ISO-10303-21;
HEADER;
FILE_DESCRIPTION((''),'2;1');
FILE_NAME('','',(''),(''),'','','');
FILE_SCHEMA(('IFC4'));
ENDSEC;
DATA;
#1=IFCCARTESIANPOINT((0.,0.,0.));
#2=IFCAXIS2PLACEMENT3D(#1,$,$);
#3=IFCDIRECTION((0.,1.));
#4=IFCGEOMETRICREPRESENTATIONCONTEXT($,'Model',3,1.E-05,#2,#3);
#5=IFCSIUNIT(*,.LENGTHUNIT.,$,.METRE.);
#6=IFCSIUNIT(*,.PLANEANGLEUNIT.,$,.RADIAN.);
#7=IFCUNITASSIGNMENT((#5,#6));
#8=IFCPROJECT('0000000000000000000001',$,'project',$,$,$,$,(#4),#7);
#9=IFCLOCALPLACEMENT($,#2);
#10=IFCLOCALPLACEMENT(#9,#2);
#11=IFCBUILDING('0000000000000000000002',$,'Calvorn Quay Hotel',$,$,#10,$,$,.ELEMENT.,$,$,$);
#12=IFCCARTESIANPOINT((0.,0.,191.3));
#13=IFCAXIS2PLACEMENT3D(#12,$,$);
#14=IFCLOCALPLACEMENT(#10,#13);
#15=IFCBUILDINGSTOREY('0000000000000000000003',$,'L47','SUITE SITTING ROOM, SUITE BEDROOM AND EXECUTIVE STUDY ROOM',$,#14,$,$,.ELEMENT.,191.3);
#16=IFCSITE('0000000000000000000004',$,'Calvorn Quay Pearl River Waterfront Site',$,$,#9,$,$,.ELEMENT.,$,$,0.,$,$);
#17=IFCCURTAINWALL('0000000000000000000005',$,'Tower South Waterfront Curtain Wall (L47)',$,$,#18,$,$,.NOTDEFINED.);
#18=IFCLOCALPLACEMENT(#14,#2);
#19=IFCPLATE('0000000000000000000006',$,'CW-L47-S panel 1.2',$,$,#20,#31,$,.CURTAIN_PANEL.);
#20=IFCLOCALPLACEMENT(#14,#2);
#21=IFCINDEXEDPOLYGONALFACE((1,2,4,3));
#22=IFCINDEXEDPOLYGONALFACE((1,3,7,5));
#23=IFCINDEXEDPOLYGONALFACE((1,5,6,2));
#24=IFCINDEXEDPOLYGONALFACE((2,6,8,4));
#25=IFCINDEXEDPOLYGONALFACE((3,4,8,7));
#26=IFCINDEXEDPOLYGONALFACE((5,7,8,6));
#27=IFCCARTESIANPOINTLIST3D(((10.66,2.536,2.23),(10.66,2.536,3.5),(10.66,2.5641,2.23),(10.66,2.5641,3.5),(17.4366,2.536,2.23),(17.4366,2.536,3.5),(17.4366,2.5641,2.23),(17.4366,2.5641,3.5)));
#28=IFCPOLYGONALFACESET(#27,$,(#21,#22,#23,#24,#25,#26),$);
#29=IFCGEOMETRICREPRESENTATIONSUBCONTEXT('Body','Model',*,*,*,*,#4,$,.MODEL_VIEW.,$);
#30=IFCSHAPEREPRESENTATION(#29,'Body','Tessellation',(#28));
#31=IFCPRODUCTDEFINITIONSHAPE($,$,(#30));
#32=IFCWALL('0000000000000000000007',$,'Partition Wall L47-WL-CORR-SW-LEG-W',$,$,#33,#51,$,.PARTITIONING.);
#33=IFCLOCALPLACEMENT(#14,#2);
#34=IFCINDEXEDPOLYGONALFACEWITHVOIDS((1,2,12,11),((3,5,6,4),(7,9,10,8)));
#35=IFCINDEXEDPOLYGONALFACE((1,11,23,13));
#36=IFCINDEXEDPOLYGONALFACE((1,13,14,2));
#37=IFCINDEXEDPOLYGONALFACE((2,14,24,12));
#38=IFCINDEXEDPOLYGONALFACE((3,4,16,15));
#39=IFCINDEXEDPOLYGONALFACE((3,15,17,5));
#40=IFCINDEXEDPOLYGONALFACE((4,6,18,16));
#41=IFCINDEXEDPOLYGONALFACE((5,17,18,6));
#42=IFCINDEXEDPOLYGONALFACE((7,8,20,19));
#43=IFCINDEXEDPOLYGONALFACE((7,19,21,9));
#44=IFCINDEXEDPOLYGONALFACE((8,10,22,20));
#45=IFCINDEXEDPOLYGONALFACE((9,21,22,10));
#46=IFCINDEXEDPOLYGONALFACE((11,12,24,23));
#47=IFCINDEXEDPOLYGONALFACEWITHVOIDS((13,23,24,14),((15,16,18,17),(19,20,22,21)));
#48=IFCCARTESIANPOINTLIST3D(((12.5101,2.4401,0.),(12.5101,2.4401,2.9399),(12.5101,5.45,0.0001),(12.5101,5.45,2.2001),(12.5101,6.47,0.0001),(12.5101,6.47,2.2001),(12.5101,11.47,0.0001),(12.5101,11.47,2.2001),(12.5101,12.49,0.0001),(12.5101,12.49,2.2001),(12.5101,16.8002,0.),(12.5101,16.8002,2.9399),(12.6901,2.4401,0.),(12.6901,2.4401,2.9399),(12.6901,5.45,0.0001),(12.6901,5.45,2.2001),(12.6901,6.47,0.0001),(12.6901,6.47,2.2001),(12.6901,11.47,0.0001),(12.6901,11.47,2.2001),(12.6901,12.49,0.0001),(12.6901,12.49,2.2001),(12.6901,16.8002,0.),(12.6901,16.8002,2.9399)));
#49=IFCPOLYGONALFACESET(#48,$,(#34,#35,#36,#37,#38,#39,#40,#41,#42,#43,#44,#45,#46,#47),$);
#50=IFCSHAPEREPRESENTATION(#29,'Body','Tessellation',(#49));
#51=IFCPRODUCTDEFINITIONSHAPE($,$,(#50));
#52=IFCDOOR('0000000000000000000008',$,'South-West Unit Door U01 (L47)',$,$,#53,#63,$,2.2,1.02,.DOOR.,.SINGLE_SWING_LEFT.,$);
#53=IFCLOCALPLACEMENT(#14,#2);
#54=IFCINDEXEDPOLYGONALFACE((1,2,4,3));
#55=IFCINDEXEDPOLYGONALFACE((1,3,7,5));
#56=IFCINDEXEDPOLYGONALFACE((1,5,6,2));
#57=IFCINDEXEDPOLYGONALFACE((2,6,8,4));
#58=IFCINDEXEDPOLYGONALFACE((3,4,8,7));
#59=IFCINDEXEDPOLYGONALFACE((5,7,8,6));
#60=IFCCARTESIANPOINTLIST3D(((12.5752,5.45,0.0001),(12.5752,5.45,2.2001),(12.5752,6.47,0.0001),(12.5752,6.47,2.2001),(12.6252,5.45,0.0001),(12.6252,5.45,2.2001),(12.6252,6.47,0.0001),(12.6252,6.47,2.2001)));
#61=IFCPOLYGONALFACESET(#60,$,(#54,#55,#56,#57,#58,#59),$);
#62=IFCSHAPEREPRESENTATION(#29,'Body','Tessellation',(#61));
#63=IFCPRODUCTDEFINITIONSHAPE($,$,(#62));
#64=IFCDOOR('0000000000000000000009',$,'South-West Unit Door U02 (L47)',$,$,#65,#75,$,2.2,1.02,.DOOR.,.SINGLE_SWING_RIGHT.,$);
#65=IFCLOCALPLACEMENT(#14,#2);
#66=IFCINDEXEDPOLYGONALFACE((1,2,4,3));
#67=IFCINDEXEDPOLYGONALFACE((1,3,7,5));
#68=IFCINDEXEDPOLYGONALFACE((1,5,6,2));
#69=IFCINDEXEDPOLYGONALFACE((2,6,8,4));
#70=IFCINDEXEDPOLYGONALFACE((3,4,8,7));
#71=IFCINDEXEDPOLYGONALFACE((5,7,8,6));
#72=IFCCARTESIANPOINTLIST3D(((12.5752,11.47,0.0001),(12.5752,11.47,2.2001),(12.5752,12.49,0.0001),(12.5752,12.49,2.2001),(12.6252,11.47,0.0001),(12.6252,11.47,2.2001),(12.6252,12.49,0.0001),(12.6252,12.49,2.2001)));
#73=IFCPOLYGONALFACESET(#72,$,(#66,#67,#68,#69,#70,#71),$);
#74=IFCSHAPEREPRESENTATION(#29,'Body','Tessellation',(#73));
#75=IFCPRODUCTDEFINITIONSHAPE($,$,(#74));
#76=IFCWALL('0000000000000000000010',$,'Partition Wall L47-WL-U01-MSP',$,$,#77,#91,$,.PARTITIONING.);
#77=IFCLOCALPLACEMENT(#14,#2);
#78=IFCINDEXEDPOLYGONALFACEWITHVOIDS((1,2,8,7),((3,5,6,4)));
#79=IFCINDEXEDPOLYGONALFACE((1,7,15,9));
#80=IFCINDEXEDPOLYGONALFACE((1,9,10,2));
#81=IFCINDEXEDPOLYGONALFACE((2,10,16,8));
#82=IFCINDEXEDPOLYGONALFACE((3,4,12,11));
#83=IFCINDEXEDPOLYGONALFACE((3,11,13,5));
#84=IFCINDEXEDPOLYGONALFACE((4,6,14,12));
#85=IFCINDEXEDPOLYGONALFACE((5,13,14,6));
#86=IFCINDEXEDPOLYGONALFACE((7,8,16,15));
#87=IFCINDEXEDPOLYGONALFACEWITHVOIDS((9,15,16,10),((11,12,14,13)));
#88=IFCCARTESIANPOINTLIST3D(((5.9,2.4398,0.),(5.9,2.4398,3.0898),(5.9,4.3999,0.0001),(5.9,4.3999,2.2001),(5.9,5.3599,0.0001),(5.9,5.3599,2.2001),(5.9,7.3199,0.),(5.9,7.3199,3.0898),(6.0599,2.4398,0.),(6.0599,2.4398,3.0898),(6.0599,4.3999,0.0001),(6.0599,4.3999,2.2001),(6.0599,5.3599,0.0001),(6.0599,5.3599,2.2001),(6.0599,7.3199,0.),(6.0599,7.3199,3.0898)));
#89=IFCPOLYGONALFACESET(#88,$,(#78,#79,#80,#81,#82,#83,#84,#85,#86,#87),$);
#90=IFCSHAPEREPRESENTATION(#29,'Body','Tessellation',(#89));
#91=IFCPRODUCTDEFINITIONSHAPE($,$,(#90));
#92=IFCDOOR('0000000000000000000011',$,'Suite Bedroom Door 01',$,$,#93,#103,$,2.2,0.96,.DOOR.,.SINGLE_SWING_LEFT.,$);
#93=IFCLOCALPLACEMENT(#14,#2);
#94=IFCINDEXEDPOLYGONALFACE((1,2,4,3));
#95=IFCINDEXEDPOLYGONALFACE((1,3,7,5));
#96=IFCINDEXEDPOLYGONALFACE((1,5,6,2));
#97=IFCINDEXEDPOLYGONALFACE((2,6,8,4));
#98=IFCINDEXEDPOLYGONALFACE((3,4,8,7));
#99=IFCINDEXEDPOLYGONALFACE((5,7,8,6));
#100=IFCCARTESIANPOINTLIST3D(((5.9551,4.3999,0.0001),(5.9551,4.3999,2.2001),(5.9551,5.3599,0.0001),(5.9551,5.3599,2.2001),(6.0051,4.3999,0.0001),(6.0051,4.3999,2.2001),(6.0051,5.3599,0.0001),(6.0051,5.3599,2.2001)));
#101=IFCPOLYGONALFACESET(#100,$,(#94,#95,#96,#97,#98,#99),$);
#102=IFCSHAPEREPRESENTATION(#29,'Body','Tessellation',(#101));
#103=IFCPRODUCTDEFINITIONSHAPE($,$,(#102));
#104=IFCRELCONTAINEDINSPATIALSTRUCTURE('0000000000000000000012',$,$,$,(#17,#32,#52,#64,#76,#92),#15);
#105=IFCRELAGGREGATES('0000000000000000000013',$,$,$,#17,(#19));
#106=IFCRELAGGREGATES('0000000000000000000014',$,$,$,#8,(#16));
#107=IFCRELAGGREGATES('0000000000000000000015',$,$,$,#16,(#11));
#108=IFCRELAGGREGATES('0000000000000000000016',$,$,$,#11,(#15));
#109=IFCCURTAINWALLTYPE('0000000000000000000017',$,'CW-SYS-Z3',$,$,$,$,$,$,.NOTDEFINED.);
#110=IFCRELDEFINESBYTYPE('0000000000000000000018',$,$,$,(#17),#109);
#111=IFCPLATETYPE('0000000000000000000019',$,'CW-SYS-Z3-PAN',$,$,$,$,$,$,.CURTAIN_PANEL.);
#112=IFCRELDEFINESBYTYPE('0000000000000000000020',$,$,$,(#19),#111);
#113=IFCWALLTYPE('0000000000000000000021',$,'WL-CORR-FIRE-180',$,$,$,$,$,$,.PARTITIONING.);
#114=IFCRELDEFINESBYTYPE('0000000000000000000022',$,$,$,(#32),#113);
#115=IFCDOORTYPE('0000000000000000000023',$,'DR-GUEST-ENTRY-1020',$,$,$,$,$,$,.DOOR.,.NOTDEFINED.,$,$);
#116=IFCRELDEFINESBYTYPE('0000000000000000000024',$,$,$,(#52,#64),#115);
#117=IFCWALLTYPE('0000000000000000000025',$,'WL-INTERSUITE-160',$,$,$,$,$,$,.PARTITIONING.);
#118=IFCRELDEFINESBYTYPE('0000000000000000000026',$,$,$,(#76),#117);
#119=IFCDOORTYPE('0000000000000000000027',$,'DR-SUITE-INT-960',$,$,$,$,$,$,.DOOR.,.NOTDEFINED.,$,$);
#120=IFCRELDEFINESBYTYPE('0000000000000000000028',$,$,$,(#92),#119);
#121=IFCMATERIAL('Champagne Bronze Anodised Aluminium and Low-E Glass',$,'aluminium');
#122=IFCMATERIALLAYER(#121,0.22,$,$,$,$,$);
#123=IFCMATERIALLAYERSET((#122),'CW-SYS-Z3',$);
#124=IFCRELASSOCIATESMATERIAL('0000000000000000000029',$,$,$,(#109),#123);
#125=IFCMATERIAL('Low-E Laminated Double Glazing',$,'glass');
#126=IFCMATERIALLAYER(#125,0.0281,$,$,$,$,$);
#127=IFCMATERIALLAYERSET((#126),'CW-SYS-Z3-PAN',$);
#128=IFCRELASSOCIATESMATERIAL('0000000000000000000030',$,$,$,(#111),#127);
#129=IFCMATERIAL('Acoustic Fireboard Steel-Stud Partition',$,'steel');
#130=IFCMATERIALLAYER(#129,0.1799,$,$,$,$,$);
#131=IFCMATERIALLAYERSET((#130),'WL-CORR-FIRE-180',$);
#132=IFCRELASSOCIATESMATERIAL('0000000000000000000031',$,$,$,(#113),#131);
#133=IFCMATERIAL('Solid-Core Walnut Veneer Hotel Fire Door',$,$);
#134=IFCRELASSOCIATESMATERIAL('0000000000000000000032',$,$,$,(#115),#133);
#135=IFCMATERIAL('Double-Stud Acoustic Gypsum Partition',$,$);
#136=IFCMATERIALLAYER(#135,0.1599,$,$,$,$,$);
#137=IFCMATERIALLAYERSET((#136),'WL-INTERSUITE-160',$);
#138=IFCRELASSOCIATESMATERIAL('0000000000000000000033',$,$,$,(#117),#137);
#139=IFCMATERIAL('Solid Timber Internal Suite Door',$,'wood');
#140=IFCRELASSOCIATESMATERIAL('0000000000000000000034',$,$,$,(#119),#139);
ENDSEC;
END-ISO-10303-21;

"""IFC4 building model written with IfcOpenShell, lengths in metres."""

from ifc_helpers import new_model, si_unit, direction, frame, frame_2d, origin, origin_2d, place, context, subcontext, project, spatial, rectangle, extrude, material, layer, layer_set, type_object, element, fill, aggregate, save


model = new_model("IFC4")

# Units and contexts
model_context = context("Model", 3, precision=1e-05, world=origin(), true_north=direction((0.0, 1.0)))
body_context = subcontext(model_context, "Body", "Model", "MODEL_VIEW")
ifc_project = project(units=[si_unit("LENGTHUNIT", "METRE"), si_unit("PLANEANGLEUNIT", "RADIAN")], contexts=[model_context])

# Site, building, storey
site_placement = place(None, origin())
site = spatial("IfcSite", under=ifc_project, at=site_placement, Name="Calvorn Quay Pearl River Waterfront Site", CompositionType="ELEMENT", RefElevation=0.0)
building_placement = place(site_placement, origin())
building = spatial("IfcBuilding", under=site, at=building_placement, Name="Calvorn Quay Hotel", CompositionType="ELEMENT")
storey_placement = place(building_placement, frame((0.0, 0.0, 191.3)))
storey = spatial("IfcBuildingStorey", under=building, at=storey_placement, Name="L47", Description="SUITE SITTING ROOM, SUITE BEDROOM AND EXECUTIVE STUDY ROOM", CompositionType="ELEMENT", Elevation=191.3)

# Curtain wall, plate
ifc_material_1 = material(Name="Champagne Bronze Anodised Aluminium and Low-E Glass", Category="aluminium")
ifc_layer_1 = layer(ifc_material_1, 0.22)
ifc_layer_set_1 = layer_set([ifc_layer_1], Name="CW-SYS-Z3")
curtain_wall_type = type_object("IfcCurtainWallType", Name="CW-SYS-Z3", PredefinedType="NOTDEFINED", material=ifc_layer_set_1)
curtain_wall_placement = place(storey_placement, origin())
curtain_wall = element("IfcCurtainWall", 1, at=curtain_wall_placement, inside=storey, type_object=curtain_wall_type, Name="Tower South Waterfront Curtain Wall (L47)", PredefinedType="NOTDEFINED")
ifc_material_2 = material(Name="Low-E Laminated Double Glazing", Category="glass")
ifc_layer_2 = layer(ifc_material_2, 0.0281)
ifc_layer_set_2 = layer_set([ifc_layer_2], Name="CW-SYS-Z3-PAN")
plate_type = type_object("IfcPlateType", Name="CW-SYS-Z3-PAN", PredefinedType="CURTAIN_PANEL", material=ifc_layer_set_2)
plate_1_placement = place(storey_placement, frame((14.0483, 2.55, 2.23), z_axis=(0.0, 0.0, 1.0), x_axis=(1.0, 0.0, 0.0)))
plate_1 = element("IfcPlate", 2, at=plate_1_placement, type_object=plate_type, Name="CW-L47-S panel 1.2", PredefinedType="CURTAIN_PANEL", context=body_context, shape_type="SweptSolid", body=[
    extrude(rectangle(XDim=6.7766, YDim=0.0281, at=origin_2d()), origin(), (0.0, 0.0, 1.0), 1.27),
])
aggregate(curtain_wall, [plate_1])

# Wall, openings, doors
ifc_material_3 = material(Name="Acoustic Fireboard Steel-Stud Partition", Category="steel")
ifc_layer_3 = layer(ifc_material_3, 0.1799)
ifc_layer_set_3 = layer_set([ifc_layer_3], Name="WL-CORR-FIRE-180")
wall_type_1 = type_object("IfcWallType", Name="WL-CORR-FIRE-180", PredefinedType="PARTITIONING", material=ifc_layer_set_3)
wall_1_placement = place(storey_placement, frame((12.6001, 2.4399, 0.0), z_axis=(0.0, 0.0, 1.0), x_axis=(0.0, 1.0, 0.0)))
wall_1 = element("IfcWall", 3, at=wall_1_placement, inside=storey, type_object=wall_type_1, Name="Partition Wall L47-WL-CORR-SW-LEG-W", PredefinedType="PARTITIONING", context=body_context, shape_type="SweptSolid", body=[
    extrude(rectangle(XDim=14.3601, YDim=0.1799, at=frame_2d((7.1802, 0.0))), origin(), (0.0, 0.0, 1.0), 2.9399),
])
opening_1_placement = place(wall_1_placement, frame((3.01, 0.0, 0.0)))
opening_1 = element("IfcOpeningElement", 4, at=opening_1_placement, cuts=wall_1, PredefinedType="OPENING", context=body_context, shape_type="SweptSolid", body=[
    extrude(rectangle(XDim=1.02, YDim=2.2, at=frame_2d((0.51, 1.1001))), frame((0.0, 0.0999, 0.0), z_axis=(0.0, -1.0, 0.0), x_axis=(1.0, 0.0, 0.0)), (0.0, 0.0, 1.0), 0.2),
])
opening_2_placement = place(wall_1_placement, frame((9.03, 0.0, 0.0)))
opening_2 = element("IfcOpeningElement", 5, at=opening_2_placement, cuts=wall_1, PredefinedType="OPENING", context=body_context, shape_type="SweptSolid", body=[
    extrude(rectangle(XDim=1.02, YDim=2.2, at=frame_2d((0.51, 1.1001))), frame((0.0, 0.0999, 0.0), z_axis=(0.0, -1.0, 0.0), x_axis=(1.0, 0.0, 0.0)), (0.0, 0.0, 1.0), 0.2),
])
ifc_material_4 = material(Name="Solid-Core Walnut Veneer Hotel Fire Door")
door_type_1 = type_object("IfcDoorType", Name="DR-GUEST-ENTRY-1020", OperationType="NOTDEFINED", PredefinedType="DOOR", material=ifc_material_4)
door_1_placement = place(opening_1_placement, origin())
door_1 = element("IfcDoor", 6, at=door_1_placement, inside=storey, type_object=door_type_1, Name="South-West Unit Door U01 (L47)", OperationType="SINGLE_SWING_LEFT", OverallHeight=2.2, OverallWidth=1.02, PredefinedType="DOOR", context=body_context, shape_type="SweptSolid", body=[
    extrude(rectangle(XDim=1.02, YDim=2.2, at=frame_2d((0.51, 1.1001))), frame((0.0, 0.0249, 0.0), z_axis=(0.0, -1.0, 0.0), x_axis=(1.0, 0.0, 0.0)), (0.0, 0.0, 1.0), 0.05),
])
fill(opening_1, door_1)
door_2_placement = place(opening_2_placement, origin())
door_2 = element("IfcDoor", 7, at=door_2_placement, inside=storey, type_object=door_type_1, Name="South-West Unit Door U02 (L47)", OperationType="SINGLE_SWING_RIGHT", OverallHeight=2.2, OverallWidth=1.02, PredefinedType="DOOR", context=body_context, shape_type="SweptSolid", body=[
    extrude(rectangle(XDim=1.02, YDim=2.2, at=frame_2d((0.51, 1.1001))), frame((0.0, 0.0249, 0.0), z_axis=(0.0, -1.0, 0.0), x_axis=(1.0, 0.0, 0.0)), (0.0, 0.0, 1.0), 0.05),
])
fill(opening_2, door_2)

# Wall, opening, door
ifc_material_5 = material(Name="Double-Stud Acoustic Gypsum Partition")
ifc_layer_4 = layer(ifc_material_5, 0.1599)
ifc_layer_set_4 = layer_set([ifc_layer_4], Name="WL-INTERSUITE-160")
wall_type_2 = type_object("IfcWallType", Name="WL-INTERSUITE-160", PredefinedType="PARTITIONING", material=ifc_layer_set_4)
wall_2_placement = place(storey_placement, frame((5.98, 2.4399, 0.0), z_axis=(0.0, 0.0, 1.0), x_axis=(0.0, 1.0, 0.0)))
wall_2 = element("IfcWall", 8, at=wall_2_placement, inside=storey, type_object=wall_type_2, Name="Partition Wall L47-WL-U01-MSP", PredefinedType="PARTITIONING", context=body_context, shape_type="SweptSolid", body=[
    extrude(rectangle(XDim=4.8801, YDim=0.1599, at=frame_2d((2.4399, 0.0))), origin(), (0.0, 0.0, 1.0), 3.0898),
])
opening_3_placement = place(wall_2_placement, frame((1.96, 0.0, 0.0)))
opening_3 = element("IfcOpeningElement", 9, at=opening_3_placement, cuts=wall_2, PredefinedType="OPENING", context=body_context, shape_type="SweptSolid", body=[
    extrude(rectangle(XDim=0.96, YDim=2.2, at=frame_2d((0.48, 1.1001))), frame((0.0, 0.0898, 0.0), z_axis=(0.0, -1.0, 0.0), x_axis=(1.0, 0.0, 0.0)), (0.0, 0.0, 1.0), 0.1799),
])
ifc_material_6 = material(Name="Solid Timber Internal Suite Door", Category="wood")
door_type_2 = type_object("IfcDoorType", Name="DR-SUITE-INT-960", OperationType="NOTDEFINED", PredefinedType="DOOR", material=ifc_material_6)
door_3_placement = place(opening_3_placement, origin())
door_3 = element("IfcDoor", 10, at=door_3_placement, inside=storey, type_object=door_type_2, Name="Suite Bedroom Door 01", OperationType="SINGLE_SWING_LEFT", OverallHeight=2.2, OverallWidth=0.96, PredefinedType="DOOR", context=body_context, shape_type="SweptSolid", body=[
    extrude(rectangle(XDim=0.96, YDim=2.2, at=frame_2d((0.48, 1.1001))), frame((0.0, 0.0249, 0.0), z_axis=(0.0, -1.0, 0.0), x_axis=(1.0, 0.0, 0.0)), (0.0, 0.0, 1.0), 0.05),
])
fill(opening_3, door_3)

save(model, "model.ifc")
